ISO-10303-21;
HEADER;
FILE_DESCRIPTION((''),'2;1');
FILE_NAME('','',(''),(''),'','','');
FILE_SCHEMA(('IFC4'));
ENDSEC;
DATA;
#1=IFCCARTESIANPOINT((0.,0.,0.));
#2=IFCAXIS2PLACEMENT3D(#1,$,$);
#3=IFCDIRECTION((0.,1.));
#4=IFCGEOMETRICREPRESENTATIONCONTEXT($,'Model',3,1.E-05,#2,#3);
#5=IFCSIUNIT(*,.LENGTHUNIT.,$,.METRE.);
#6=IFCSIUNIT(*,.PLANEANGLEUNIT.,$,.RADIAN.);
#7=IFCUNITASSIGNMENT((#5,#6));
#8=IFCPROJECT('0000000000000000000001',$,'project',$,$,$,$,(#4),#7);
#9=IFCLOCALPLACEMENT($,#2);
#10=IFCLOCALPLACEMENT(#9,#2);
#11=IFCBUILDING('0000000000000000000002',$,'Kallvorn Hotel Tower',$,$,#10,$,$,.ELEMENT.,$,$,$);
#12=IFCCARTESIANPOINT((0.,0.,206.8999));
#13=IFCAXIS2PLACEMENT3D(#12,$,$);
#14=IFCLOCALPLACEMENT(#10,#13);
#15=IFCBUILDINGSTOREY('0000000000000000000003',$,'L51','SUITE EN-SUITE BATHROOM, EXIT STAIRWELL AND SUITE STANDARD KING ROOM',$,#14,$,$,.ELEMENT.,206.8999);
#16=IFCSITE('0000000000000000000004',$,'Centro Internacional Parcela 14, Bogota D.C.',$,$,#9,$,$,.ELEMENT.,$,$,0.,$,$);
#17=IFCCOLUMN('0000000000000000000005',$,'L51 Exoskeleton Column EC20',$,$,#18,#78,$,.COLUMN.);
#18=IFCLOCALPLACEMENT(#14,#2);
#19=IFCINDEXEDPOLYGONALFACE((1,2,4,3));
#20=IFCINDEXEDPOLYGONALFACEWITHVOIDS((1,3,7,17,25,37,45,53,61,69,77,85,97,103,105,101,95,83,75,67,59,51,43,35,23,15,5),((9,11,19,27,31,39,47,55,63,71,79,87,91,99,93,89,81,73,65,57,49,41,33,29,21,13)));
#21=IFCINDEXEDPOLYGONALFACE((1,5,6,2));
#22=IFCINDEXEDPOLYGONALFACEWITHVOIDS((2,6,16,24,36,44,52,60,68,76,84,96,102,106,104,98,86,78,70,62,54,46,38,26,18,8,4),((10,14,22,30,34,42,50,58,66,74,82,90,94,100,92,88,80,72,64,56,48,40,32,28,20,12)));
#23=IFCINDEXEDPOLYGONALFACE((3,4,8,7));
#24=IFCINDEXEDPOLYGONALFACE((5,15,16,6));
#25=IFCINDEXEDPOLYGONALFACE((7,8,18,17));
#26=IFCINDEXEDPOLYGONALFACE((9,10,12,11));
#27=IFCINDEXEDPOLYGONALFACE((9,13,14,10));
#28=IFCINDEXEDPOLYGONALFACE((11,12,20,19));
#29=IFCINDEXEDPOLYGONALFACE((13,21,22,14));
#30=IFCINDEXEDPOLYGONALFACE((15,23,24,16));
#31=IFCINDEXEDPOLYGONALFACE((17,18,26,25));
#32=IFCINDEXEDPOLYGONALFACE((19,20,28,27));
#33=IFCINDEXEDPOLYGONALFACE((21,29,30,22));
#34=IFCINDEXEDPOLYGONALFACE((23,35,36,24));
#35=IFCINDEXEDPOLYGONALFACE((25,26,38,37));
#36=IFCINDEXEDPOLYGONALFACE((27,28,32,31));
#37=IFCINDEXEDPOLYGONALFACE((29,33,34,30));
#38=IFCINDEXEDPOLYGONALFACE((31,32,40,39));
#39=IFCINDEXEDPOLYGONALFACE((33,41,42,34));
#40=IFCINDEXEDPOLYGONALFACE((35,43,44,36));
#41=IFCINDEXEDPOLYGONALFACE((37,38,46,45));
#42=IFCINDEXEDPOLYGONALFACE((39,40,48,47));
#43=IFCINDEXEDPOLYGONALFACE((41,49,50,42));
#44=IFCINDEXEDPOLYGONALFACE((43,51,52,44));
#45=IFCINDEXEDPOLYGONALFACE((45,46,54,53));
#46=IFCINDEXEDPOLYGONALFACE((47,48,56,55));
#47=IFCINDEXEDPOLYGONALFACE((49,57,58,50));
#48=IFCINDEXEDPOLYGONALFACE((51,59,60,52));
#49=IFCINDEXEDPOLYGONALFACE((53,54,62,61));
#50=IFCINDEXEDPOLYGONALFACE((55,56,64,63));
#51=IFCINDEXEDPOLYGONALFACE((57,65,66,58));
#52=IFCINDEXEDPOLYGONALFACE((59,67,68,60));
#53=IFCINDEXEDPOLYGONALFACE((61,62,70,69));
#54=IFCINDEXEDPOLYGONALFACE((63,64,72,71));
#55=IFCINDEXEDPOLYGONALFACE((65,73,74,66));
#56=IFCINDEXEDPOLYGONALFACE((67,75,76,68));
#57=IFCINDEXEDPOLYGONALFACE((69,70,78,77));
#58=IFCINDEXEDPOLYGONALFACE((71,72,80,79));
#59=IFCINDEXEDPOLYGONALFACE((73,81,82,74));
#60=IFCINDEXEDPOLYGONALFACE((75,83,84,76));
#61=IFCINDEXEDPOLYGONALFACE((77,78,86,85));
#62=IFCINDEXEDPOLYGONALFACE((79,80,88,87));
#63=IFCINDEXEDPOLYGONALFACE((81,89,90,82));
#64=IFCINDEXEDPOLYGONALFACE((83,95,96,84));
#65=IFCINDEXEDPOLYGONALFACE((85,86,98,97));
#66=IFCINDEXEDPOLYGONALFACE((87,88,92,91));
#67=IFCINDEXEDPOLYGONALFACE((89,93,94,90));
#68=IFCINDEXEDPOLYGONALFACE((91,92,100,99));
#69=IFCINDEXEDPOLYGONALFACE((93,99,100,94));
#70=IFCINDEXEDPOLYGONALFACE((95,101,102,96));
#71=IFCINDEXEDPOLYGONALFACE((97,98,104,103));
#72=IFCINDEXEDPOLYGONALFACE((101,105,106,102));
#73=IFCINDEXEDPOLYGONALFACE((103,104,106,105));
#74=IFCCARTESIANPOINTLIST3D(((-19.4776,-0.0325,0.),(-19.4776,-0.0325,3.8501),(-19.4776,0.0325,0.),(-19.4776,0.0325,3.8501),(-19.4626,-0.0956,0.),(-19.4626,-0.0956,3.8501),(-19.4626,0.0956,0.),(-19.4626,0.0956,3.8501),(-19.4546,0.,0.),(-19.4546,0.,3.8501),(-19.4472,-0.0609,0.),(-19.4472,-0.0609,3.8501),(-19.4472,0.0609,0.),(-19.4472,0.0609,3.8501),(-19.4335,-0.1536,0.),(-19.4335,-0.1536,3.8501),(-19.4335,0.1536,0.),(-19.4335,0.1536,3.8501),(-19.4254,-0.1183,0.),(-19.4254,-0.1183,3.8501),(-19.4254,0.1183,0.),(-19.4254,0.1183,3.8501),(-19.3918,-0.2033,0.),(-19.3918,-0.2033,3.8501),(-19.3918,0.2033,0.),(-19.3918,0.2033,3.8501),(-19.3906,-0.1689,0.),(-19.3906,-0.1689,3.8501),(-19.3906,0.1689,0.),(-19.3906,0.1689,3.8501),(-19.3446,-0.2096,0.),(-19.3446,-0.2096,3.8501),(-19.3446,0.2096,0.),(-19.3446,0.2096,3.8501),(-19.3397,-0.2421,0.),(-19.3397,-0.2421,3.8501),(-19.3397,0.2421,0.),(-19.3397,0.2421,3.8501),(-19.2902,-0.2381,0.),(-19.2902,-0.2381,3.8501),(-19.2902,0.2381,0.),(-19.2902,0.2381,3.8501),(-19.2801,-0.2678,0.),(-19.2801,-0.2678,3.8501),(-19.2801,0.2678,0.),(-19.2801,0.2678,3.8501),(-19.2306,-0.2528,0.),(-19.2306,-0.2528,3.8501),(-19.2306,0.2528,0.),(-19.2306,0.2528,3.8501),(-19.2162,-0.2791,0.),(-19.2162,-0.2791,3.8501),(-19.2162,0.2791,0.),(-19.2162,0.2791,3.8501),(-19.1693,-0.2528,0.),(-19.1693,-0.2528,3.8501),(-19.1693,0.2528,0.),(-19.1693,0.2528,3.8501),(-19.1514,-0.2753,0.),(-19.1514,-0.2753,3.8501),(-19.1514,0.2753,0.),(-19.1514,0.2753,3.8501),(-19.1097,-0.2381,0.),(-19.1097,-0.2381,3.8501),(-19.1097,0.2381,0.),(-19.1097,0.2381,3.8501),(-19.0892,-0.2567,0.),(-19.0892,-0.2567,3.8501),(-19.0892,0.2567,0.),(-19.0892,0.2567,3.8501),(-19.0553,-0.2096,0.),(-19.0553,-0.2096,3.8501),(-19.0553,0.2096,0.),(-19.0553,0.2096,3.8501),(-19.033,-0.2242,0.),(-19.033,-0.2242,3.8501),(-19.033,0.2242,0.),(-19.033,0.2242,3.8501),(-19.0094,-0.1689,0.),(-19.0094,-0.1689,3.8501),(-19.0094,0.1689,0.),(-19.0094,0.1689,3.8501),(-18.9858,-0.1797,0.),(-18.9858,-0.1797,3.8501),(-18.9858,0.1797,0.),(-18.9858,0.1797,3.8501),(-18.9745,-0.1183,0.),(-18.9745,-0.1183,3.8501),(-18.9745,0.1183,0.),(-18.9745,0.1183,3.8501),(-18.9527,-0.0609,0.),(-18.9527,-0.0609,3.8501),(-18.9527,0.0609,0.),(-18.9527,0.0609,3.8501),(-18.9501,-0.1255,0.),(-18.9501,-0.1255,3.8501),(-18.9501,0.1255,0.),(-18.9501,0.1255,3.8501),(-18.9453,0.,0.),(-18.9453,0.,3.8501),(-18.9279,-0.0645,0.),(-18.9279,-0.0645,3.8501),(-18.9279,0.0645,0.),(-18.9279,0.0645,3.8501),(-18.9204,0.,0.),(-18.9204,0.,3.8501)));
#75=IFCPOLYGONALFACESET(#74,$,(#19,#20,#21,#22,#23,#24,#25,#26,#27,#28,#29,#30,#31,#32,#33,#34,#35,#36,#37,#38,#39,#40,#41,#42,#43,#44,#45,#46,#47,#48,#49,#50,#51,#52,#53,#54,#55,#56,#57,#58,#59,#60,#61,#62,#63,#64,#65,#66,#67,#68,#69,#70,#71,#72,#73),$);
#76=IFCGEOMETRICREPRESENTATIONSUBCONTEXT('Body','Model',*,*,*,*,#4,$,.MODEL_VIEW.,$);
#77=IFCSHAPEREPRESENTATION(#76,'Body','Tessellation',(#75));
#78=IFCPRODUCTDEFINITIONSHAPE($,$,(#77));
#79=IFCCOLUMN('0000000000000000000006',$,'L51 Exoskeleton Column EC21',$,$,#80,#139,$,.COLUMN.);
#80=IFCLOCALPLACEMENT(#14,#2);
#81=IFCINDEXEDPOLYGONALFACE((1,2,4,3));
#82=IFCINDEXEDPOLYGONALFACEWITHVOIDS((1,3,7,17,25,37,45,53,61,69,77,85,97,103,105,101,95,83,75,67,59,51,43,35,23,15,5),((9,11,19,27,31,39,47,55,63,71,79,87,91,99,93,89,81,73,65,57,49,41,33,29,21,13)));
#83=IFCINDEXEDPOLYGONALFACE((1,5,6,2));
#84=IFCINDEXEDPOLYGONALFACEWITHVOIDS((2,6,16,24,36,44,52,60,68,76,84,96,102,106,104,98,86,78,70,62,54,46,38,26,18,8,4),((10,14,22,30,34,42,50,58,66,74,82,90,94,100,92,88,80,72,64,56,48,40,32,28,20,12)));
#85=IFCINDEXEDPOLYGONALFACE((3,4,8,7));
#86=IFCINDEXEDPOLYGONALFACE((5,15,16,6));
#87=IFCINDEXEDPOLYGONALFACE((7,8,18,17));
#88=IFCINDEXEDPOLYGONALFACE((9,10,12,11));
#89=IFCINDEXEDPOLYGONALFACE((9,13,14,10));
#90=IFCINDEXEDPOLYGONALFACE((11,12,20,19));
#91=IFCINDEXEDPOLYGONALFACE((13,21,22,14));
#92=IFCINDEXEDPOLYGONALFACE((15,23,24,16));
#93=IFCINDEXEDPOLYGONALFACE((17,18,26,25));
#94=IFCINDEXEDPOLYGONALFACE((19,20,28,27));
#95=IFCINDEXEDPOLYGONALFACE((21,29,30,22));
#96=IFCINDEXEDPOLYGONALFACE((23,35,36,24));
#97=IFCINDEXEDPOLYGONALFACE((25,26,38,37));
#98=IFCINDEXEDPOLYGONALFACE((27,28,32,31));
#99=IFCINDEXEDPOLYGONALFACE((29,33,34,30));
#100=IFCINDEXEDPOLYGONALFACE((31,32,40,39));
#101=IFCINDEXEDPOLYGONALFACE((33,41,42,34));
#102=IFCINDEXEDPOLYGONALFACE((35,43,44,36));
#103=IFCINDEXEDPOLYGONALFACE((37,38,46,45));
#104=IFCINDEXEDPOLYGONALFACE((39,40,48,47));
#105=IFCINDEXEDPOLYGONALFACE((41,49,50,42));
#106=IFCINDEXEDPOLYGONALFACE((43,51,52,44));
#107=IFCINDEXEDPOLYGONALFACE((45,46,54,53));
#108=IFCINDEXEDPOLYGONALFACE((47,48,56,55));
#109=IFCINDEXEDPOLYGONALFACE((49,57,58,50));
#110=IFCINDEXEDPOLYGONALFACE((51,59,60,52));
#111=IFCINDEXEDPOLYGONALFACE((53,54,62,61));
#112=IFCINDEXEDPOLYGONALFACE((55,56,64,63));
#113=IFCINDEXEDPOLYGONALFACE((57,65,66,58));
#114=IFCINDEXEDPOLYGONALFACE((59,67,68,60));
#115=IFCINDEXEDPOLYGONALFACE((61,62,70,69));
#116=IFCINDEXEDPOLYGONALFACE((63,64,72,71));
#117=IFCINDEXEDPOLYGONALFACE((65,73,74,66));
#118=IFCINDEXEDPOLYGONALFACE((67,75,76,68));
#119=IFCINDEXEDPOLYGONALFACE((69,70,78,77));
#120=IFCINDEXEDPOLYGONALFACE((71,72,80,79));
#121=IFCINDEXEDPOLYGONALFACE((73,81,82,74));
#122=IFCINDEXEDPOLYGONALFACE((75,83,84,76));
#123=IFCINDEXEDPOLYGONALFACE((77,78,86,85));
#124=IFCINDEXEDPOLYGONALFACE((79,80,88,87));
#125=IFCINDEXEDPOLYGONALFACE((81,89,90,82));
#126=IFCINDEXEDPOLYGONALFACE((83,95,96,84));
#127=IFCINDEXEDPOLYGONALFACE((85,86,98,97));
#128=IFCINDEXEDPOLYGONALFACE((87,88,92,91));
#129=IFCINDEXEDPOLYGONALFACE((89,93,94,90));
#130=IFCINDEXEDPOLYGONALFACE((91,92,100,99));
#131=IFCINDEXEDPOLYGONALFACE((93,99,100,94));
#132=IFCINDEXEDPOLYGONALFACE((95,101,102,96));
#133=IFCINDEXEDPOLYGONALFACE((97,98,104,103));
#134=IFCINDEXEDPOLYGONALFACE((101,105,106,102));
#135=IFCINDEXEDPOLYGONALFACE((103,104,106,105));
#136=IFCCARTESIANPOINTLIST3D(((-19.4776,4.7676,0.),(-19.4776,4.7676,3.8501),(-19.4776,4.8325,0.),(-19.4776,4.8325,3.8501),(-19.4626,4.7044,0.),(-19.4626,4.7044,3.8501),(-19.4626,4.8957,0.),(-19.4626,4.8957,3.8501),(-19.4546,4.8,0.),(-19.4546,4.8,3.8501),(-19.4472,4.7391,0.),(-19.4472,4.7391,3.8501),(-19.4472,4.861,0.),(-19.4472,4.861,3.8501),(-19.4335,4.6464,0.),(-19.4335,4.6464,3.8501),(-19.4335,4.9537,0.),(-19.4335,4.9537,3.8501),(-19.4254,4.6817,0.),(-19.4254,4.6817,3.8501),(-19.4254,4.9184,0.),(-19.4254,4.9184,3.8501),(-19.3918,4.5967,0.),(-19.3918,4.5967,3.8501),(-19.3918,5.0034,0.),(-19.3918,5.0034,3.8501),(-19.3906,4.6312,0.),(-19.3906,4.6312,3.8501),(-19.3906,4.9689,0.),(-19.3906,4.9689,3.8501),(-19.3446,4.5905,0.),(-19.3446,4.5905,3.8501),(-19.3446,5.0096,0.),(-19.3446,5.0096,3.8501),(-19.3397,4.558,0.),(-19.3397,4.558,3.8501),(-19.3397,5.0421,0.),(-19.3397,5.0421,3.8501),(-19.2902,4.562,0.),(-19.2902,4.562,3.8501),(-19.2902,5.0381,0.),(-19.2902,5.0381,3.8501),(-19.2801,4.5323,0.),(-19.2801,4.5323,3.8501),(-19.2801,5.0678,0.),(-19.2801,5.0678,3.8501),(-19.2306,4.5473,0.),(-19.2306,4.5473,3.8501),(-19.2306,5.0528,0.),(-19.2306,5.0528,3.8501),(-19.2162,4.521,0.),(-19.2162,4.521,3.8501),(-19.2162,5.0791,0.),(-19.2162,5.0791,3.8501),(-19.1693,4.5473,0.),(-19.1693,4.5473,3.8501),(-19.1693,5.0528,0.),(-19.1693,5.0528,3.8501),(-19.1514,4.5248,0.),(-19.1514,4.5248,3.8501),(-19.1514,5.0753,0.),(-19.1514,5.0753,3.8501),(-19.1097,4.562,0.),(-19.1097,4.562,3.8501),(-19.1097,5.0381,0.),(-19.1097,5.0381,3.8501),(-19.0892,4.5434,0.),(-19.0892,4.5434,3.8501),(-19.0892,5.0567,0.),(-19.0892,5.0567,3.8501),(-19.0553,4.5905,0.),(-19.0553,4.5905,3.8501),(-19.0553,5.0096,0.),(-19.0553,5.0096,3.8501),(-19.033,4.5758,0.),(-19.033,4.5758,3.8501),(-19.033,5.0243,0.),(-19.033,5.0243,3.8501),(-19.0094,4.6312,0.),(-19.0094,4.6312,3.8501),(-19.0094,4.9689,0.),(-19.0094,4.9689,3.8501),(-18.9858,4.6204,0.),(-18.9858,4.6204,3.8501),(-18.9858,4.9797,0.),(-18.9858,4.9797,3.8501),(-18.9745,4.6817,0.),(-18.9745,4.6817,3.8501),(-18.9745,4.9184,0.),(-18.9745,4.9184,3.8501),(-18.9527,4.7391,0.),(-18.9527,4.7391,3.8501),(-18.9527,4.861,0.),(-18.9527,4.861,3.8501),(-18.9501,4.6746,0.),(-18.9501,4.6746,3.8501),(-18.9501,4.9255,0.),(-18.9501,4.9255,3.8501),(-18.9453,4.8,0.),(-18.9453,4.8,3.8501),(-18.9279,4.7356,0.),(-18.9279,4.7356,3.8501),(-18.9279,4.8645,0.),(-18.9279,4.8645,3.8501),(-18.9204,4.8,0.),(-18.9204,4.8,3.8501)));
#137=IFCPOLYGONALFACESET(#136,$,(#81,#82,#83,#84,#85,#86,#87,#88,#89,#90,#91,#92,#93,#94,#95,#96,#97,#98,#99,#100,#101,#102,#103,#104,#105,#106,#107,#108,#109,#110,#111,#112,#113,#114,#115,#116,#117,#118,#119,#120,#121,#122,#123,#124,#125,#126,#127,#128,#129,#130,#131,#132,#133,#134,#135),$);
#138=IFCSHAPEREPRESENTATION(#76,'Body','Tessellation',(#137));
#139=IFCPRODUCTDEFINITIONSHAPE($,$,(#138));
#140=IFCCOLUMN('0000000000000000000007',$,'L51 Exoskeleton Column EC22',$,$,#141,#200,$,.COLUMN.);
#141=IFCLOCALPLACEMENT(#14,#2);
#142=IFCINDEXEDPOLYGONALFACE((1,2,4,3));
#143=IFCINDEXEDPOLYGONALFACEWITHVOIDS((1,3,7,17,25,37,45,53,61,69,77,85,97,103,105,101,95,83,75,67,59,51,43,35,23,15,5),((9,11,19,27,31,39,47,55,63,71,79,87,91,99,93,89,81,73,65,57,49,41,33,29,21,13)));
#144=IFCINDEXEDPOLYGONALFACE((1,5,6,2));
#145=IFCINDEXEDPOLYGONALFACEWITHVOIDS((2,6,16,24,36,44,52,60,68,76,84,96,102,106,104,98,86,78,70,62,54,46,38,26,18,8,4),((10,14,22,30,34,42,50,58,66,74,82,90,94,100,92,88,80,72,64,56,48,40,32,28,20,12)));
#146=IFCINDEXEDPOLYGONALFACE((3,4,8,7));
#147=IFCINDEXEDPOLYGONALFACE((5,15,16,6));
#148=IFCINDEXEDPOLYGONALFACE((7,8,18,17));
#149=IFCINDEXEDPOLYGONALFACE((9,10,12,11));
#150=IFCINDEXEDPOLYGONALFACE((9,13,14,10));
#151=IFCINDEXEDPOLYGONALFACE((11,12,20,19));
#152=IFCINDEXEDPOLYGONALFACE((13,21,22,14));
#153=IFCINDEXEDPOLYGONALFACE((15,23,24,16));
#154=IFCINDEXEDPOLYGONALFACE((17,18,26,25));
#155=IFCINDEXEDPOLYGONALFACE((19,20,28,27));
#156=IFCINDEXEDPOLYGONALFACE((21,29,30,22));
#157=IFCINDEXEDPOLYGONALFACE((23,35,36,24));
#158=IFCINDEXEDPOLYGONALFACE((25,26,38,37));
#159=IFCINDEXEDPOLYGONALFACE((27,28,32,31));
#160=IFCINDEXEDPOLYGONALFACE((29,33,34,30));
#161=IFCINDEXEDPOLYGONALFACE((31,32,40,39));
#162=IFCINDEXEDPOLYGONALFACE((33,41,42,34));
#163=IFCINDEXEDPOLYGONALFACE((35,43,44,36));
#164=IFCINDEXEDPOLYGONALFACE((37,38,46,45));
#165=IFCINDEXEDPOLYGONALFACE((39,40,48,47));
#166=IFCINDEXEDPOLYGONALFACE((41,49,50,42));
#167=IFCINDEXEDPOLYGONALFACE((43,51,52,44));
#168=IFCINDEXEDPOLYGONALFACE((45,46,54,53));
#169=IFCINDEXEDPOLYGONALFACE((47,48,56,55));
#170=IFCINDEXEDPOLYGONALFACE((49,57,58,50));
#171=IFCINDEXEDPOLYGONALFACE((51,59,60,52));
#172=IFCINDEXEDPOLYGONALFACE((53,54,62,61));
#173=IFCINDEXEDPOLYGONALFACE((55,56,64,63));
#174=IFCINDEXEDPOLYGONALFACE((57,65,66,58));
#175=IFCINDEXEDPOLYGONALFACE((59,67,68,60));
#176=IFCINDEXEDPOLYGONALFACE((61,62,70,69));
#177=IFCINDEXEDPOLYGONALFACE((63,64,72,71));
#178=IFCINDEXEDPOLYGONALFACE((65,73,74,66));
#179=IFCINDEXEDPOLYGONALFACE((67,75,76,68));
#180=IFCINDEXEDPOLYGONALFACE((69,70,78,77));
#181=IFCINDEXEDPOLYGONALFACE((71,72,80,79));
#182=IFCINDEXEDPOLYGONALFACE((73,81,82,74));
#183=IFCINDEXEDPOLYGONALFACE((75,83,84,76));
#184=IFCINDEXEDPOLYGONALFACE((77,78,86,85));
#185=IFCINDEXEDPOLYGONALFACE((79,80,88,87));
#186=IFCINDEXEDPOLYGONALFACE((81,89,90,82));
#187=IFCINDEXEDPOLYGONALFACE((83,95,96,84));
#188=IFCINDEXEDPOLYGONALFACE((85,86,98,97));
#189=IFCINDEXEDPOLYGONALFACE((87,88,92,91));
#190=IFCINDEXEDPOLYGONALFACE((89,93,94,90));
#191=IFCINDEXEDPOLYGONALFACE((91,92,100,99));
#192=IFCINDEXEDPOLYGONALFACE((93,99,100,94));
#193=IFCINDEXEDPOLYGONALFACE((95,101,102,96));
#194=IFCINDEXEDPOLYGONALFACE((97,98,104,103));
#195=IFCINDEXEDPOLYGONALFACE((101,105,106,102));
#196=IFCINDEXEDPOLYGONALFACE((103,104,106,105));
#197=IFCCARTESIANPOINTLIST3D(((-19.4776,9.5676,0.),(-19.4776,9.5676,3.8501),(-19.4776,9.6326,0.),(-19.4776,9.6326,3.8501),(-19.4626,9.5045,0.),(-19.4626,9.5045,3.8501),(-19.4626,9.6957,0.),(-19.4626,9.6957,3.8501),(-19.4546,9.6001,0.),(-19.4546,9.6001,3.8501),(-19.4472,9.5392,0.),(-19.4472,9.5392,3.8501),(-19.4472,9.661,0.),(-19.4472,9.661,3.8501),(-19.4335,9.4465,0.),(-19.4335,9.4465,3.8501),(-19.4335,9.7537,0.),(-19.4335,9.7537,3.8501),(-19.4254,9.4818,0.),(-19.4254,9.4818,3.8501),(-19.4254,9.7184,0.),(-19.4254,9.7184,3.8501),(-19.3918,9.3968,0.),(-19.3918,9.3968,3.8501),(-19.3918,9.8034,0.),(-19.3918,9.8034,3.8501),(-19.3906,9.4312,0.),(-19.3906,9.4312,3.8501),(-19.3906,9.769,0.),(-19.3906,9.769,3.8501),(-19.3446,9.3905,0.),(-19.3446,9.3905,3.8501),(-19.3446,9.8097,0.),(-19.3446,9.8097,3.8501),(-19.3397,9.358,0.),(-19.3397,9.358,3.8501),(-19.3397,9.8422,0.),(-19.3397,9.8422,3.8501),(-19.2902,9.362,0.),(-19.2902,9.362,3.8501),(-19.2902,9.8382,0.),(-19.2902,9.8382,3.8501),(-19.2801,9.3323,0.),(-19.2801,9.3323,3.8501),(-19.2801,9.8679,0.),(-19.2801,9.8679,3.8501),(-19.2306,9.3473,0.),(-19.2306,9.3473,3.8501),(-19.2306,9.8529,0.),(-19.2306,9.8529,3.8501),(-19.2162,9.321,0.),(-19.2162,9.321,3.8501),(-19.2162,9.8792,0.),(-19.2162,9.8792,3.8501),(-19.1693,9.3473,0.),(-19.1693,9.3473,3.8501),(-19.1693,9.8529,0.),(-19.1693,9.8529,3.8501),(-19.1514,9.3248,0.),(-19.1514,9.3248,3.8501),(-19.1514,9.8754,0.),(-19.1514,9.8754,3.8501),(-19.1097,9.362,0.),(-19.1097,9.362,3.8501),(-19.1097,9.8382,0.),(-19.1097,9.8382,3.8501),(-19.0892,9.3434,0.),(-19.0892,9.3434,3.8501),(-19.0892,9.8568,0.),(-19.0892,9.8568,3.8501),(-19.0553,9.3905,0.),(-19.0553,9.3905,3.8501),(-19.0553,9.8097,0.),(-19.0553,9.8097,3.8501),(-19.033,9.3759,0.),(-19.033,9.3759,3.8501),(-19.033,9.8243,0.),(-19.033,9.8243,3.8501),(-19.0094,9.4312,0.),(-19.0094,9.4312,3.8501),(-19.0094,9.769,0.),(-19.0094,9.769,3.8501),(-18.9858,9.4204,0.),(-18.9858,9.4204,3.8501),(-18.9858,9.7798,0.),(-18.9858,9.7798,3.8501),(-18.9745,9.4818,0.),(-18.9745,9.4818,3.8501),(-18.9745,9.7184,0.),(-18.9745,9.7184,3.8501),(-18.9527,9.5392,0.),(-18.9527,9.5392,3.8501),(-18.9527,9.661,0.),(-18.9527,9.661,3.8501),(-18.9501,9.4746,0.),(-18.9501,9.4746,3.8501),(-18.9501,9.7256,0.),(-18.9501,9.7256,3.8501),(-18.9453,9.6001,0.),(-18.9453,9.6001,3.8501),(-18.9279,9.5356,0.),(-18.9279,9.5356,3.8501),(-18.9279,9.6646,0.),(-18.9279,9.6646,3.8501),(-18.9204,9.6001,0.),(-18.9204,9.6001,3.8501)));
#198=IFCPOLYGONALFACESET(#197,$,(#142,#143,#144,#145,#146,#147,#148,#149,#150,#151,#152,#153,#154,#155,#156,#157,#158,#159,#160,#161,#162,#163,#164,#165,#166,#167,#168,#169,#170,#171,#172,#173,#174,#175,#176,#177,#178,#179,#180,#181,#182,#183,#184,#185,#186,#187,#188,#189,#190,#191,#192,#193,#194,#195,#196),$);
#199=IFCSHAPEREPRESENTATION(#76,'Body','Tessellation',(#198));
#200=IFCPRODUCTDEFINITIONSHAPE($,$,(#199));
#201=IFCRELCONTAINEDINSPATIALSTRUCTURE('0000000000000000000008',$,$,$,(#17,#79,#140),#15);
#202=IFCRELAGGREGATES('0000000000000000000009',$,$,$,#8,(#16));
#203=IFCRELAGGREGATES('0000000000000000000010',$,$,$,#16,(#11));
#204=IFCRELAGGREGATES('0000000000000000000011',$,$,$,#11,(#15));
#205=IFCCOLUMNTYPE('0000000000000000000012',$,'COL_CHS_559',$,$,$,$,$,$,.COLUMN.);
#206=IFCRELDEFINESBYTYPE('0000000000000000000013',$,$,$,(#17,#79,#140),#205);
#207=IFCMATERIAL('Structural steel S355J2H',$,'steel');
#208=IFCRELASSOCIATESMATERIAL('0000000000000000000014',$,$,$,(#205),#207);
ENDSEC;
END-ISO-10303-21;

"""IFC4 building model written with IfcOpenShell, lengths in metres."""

from ifc_helpers import new_model, si_unit, direction, frame, origin, origin_2d, place, context, subcontext, project, spatial, hollow_circle, extrude, material, material_profile, profile_set, type_object, element, save


model = new_model("IFC4")

# Units and contexts
model_context = context("Model", 3, precision=1e-05, world=origin(), true_north=direction((0.0, 1.0)))
body_context = subcontext(model_context, "Body", "Model", "MODEL_VIEW")
ifc_project = project(units=[si_unit("LENGTHUNIT", "METRE"), si_unit("PLANEANGLEUNIT", "RADIAN")], contexts=[model_context])

# Site, building, storey
site_placement = place(None, origin())
site = spatial("IfcSite", under=ifc_project, at=site_placement, Name="Centro Internacional Parcela 14, Bogota D.C.", CompositionType="ELEMENT", RefElevation=0.0)
building_placement = place(site_placement, origin())
building = spatial("IfcBuilding", under=site, at=building_placement, Name="Kallvorn Hotel Tower", CompositionType="ELEMENT")
storey_placement = place(building_placement, frame((0.0, 0.0, 206.8999)))
storey = spatial("IfcBuildingStorey", under=building, at=storey_placement, Name="L51", Description="SUITE EN-SUITE BATHROOM, EXIT STAIRWELL AND SUITE STANDARD KING ROOM", CompositionType="ELEMENT", Elevation=206.8999)

# Columns
ifc_material_1 = material(Name="Structural steel S355J2H", Category="steel")
ifc_material_profile_1 = material_profile(ifc_material_1, hollow_circle(Radius=0.2795, WallThickness=0.0249, at=origin_2d()), Name="CHS 559x25")
ifc_profile_set_1 = profile_set([ifc_material_profile_1], Name="Structural steel S355J2H")
column_type_1 = type_object("IfcColumnType", Name="COL_CHS_559", PredefinedType="COLUMN", material=ifc_profile_set_1)
for number, where, z_axis, x_axis, name in (
    (1, (-19.2, 0.0, 0.0), (0.0, 0.0, 1.0), (1.0, 0.0, 0.0), "L51 Exoskeleton Column EC20"),
    (2, (-19.2, 4.8, 0.0), (0.0, 0.0, 1.0), (1.0, 0.0, 0.0), "L51 Exoskeleton Column EC21"),
    (3, (-19.2, 9.6001, 0.0), (0.0, 0.0, 1.0), (1.0, 0.0, 0.0), "L51 Exoskeleton Column EC22"),
):
    element("IfcColumn", number, at=place(storey_placement, frame(where, z_axis=z_axis, x_axis=x_axis)), inside=storey, type_object=column_type_1, Name=name, PredefinedType="COLUMN", context=body_context, shape_type="SweptSolid", body=[
        extrude(hollow_circle(Radius=0.2795, WallThickness=0.0249, at=origin_2d()), origin(), (0.0, 0.0, 1.0), 3.8501),
    ])

save(model, "model.ifc")
